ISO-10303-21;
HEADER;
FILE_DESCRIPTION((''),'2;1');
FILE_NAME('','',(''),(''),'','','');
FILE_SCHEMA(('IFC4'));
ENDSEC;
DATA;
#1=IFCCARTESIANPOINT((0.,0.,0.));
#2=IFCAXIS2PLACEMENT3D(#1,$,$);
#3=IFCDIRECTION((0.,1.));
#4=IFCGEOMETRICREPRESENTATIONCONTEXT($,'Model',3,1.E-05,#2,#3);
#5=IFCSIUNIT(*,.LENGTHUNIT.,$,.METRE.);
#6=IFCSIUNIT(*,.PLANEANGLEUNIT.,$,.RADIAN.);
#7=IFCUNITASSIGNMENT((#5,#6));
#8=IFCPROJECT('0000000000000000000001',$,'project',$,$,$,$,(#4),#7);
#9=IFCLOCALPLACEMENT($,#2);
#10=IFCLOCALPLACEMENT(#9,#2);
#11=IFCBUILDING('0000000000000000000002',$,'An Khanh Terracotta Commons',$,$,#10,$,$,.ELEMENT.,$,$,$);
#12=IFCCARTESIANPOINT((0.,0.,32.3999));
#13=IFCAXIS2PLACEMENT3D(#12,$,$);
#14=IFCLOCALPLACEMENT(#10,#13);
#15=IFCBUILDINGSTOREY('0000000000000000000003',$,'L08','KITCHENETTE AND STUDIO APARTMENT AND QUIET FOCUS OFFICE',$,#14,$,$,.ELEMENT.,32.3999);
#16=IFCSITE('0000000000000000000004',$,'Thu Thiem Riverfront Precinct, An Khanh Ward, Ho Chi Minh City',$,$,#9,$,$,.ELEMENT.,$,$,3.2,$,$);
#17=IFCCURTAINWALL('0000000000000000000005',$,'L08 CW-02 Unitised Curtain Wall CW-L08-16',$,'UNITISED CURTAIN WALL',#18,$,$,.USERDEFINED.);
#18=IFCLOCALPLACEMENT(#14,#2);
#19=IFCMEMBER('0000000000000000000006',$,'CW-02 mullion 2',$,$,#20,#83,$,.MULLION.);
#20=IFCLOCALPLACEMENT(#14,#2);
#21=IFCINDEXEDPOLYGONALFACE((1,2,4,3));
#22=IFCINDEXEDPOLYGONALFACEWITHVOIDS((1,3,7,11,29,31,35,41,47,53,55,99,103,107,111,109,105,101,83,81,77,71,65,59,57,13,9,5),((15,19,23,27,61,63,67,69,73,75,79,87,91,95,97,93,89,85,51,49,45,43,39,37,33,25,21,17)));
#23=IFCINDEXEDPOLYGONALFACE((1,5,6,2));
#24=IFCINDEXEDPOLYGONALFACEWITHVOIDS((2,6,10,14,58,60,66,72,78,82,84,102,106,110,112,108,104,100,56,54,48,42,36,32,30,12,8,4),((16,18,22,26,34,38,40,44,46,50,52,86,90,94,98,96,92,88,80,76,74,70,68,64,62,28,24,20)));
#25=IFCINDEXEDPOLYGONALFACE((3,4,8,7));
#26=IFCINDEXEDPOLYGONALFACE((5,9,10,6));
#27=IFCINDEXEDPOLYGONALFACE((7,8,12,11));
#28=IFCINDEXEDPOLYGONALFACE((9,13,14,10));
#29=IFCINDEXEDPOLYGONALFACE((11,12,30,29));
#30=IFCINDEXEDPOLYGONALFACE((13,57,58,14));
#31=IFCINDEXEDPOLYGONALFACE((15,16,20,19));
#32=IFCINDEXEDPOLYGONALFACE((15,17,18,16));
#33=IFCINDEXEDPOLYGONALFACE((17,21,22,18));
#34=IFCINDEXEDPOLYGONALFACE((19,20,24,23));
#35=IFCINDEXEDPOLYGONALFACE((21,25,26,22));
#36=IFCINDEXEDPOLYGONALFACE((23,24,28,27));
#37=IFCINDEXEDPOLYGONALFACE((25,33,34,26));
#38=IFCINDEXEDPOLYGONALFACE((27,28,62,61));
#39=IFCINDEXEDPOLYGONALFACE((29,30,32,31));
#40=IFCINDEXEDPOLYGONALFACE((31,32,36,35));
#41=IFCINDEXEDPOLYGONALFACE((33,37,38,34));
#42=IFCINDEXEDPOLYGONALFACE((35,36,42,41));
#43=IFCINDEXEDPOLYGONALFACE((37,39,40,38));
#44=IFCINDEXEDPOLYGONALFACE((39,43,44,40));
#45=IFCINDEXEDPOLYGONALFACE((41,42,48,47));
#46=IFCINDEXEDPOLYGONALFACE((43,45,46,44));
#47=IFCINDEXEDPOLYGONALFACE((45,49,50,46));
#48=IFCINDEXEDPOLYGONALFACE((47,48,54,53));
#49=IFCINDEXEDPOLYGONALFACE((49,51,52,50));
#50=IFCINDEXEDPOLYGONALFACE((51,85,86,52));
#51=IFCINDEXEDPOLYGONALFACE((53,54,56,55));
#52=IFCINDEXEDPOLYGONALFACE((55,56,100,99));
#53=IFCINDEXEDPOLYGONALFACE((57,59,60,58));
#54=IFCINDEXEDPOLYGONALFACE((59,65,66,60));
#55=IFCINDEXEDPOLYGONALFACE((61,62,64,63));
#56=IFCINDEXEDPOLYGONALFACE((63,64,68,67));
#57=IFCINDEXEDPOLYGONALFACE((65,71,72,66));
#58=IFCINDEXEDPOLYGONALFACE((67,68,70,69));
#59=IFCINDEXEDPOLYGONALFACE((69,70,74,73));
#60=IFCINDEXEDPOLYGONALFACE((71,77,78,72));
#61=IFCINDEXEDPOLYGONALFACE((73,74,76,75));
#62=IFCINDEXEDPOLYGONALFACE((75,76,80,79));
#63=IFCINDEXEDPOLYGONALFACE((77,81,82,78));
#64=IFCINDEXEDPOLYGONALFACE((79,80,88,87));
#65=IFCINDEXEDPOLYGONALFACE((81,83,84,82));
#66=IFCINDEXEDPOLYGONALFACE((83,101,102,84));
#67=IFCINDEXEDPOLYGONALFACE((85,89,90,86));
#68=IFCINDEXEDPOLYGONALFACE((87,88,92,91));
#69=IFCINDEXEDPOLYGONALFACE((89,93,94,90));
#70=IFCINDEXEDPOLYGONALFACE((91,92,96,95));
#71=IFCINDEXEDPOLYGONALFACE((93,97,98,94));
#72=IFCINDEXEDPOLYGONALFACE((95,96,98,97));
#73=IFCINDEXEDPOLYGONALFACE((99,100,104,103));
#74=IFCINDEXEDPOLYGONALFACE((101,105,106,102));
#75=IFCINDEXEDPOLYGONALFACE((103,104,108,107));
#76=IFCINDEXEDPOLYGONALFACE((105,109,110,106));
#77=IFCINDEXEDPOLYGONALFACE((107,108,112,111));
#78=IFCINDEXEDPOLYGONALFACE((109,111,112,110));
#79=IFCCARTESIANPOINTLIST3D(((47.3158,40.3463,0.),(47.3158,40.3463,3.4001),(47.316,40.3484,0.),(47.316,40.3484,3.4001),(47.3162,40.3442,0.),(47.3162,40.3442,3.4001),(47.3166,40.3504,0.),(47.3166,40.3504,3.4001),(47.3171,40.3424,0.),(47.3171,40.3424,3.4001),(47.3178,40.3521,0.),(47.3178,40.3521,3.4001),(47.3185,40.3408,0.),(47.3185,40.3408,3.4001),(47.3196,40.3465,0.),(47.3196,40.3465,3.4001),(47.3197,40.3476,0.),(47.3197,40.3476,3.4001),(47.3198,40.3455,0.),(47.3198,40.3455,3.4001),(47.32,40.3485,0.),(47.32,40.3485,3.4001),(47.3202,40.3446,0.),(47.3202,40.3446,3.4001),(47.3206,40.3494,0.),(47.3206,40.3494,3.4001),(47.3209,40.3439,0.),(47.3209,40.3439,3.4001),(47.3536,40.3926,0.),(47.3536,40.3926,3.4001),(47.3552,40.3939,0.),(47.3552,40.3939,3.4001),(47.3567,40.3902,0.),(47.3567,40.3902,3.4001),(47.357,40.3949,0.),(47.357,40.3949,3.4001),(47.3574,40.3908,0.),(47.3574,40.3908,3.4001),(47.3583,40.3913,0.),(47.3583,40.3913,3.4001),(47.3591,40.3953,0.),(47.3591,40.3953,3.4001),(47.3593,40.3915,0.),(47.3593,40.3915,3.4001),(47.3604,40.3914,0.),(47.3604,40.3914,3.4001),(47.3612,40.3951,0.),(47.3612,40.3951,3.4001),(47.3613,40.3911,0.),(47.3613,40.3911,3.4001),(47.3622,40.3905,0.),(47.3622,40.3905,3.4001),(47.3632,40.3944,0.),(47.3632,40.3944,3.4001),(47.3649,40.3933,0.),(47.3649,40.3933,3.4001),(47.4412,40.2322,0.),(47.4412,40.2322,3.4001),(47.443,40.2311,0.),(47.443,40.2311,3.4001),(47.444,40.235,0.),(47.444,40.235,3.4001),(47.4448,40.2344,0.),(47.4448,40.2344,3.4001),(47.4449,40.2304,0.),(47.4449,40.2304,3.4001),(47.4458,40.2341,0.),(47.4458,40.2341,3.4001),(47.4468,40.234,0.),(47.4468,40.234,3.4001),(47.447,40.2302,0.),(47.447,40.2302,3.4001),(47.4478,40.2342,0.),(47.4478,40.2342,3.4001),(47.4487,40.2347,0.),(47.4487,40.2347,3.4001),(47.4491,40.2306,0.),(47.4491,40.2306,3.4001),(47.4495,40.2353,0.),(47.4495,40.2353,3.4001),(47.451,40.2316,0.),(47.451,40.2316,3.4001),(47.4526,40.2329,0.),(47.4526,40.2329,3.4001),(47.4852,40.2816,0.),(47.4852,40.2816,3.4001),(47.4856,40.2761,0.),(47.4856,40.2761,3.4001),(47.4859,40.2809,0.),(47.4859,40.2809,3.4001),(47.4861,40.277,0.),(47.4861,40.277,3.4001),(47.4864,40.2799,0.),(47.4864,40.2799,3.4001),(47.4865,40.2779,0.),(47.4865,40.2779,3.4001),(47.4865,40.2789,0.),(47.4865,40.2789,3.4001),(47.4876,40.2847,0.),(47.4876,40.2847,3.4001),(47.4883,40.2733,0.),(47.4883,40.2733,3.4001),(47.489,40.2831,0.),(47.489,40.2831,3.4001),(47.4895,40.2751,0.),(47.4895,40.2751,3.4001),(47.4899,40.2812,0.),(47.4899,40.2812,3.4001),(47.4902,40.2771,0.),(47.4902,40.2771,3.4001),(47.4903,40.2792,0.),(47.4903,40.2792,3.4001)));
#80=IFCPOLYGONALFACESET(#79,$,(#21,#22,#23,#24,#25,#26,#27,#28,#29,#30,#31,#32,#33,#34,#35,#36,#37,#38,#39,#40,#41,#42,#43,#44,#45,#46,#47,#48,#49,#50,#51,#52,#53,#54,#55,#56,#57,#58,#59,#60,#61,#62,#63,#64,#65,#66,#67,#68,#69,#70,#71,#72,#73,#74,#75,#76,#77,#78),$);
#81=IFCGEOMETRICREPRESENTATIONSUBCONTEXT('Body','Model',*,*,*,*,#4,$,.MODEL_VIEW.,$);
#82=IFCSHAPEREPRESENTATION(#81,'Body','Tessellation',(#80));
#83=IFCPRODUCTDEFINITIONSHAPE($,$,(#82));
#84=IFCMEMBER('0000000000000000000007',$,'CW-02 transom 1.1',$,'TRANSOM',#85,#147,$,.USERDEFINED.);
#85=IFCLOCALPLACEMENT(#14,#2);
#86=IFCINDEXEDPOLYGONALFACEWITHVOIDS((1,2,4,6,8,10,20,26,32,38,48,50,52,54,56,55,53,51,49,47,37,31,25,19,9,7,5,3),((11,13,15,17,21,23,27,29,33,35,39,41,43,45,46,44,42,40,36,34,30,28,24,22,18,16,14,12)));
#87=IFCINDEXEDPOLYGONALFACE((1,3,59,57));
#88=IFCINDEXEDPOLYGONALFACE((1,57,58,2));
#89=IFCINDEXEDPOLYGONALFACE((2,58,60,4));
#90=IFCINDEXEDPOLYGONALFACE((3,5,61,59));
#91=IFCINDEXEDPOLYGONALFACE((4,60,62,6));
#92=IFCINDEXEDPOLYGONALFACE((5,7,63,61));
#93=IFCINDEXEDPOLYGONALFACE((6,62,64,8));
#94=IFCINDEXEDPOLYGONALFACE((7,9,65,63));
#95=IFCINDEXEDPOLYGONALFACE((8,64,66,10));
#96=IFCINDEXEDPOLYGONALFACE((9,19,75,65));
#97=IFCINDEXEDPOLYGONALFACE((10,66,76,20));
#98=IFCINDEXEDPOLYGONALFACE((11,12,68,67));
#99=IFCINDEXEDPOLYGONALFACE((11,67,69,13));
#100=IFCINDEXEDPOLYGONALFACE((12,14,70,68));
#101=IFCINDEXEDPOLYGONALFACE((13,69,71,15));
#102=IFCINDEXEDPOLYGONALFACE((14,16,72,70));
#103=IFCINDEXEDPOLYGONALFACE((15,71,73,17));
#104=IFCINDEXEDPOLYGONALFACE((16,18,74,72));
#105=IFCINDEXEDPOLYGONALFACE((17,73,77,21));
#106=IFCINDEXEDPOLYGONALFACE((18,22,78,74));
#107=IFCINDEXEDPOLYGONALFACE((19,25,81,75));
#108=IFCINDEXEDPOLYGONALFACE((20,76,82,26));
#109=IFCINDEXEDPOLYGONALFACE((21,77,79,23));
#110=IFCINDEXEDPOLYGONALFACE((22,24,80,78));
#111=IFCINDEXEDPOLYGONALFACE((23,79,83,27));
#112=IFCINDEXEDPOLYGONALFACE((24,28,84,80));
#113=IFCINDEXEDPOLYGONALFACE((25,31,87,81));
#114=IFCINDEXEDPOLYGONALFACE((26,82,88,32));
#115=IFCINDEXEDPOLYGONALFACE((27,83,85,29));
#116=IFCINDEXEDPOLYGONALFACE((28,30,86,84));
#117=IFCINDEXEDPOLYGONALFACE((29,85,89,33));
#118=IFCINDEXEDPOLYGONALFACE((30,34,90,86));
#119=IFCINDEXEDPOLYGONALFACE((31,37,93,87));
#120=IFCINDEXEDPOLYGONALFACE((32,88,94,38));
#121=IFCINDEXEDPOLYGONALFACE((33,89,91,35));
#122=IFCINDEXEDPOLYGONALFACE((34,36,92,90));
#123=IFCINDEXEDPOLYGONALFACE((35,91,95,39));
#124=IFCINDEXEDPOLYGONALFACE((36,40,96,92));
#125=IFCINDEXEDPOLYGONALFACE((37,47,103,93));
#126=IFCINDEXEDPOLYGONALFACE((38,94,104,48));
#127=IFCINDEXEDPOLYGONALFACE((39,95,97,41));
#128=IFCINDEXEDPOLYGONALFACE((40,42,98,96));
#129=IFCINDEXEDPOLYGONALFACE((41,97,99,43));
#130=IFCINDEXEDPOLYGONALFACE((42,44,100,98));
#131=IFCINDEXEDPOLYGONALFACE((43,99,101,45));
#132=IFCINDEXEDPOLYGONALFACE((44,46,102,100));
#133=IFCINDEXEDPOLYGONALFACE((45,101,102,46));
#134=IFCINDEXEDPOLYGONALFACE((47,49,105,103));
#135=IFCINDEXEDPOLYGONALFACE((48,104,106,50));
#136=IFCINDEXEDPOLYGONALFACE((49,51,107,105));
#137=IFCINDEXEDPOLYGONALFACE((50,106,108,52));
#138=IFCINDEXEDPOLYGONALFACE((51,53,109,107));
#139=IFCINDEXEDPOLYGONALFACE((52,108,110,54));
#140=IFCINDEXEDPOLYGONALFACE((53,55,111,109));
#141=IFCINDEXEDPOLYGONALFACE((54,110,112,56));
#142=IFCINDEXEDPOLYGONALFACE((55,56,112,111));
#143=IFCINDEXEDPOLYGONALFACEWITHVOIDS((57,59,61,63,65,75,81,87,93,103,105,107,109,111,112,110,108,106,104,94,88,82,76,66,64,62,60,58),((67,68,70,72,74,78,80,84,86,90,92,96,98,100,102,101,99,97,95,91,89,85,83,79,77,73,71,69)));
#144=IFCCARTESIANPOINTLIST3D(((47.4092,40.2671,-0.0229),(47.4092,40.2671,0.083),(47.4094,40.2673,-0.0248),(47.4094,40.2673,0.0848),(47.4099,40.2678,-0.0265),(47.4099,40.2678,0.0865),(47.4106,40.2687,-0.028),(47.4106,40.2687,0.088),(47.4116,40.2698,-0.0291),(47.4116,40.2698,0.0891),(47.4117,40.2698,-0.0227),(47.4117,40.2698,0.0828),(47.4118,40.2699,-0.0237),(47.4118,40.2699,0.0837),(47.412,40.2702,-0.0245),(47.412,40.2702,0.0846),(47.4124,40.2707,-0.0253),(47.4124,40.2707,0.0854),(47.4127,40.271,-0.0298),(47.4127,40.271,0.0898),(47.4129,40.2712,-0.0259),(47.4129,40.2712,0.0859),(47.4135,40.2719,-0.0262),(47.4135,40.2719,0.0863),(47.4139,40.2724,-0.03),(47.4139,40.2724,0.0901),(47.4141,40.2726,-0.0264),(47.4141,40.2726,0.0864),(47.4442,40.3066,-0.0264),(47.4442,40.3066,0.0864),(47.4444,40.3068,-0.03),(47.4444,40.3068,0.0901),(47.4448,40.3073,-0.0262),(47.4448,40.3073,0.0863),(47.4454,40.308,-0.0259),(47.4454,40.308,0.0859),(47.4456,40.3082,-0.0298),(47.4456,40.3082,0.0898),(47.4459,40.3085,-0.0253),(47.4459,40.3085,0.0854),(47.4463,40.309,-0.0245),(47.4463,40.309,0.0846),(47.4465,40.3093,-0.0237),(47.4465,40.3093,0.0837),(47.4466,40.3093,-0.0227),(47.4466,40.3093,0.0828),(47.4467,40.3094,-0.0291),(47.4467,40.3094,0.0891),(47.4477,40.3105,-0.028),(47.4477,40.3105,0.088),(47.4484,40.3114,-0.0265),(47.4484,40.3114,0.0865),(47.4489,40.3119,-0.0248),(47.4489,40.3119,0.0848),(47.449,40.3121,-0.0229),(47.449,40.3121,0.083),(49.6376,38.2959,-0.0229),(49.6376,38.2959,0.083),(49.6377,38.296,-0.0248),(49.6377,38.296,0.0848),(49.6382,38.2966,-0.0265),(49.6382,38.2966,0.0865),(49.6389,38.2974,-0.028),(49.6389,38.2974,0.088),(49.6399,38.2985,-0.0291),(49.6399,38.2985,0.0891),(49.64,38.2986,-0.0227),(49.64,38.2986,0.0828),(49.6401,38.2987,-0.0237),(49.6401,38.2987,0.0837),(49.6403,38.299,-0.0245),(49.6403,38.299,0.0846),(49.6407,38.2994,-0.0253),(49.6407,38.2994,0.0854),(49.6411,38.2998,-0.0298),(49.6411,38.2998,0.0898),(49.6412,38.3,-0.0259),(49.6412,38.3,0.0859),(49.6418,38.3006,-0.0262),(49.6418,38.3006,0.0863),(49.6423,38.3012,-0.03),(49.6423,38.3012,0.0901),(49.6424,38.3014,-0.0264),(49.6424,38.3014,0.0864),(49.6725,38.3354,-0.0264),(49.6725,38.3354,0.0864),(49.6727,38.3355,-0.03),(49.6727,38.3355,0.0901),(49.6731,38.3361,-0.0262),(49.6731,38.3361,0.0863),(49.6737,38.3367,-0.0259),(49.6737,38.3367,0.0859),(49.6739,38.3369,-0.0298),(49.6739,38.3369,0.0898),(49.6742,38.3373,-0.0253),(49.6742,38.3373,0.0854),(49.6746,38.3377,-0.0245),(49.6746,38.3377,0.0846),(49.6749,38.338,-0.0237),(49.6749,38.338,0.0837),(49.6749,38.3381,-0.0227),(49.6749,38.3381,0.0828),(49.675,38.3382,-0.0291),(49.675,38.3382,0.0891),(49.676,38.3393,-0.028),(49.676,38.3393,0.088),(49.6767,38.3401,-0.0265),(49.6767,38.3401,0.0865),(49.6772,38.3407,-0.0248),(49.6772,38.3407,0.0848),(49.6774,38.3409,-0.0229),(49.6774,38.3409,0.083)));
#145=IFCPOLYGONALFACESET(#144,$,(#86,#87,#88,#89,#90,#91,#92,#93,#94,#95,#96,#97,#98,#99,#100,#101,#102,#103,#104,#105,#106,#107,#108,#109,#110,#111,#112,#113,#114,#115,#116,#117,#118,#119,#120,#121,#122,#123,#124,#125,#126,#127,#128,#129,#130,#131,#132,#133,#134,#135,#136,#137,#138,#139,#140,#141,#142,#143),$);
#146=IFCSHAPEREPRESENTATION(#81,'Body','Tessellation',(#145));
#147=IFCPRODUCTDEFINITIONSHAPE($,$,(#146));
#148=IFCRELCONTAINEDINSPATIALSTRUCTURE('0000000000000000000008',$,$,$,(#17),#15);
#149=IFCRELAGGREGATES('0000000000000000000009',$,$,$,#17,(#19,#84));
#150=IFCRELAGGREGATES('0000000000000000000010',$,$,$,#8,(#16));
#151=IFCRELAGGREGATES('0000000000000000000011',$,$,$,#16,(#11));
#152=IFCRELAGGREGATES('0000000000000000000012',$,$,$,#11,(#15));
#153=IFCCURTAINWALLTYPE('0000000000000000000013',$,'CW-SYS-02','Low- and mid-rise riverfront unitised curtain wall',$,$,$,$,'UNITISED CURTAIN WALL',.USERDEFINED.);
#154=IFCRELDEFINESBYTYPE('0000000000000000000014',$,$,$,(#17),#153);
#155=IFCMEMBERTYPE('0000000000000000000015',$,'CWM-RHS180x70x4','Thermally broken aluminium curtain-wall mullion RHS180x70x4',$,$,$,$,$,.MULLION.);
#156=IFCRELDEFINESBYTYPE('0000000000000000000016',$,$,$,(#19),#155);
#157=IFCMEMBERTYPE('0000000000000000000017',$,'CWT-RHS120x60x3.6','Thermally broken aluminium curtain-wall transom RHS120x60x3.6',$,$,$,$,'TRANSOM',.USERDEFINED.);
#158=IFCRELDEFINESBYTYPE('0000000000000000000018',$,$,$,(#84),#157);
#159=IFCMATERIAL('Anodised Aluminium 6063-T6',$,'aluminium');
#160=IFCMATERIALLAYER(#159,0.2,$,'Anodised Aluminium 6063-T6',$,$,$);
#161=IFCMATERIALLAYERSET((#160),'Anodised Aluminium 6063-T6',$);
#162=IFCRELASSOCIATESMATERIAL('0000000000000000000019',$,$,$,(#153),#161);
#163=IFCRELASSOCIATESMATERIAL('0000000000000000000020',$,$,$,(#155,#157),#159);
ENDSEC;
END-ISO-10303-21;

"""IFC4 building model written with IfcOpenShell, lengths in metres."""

from ifc_helpers import new_model, si_unit, direction, frame, origin, origin_2d, place, context, subcontext, project, spatial, hollow_rectangle, extrude, material, layer, layer_set, material_profile, profile_set, type_object, element, aggregate, save


model = new_model("IFC4")

# Units and contexts
model_context = context("Model", 3, precision=1e-05, world=origin(), true_north=direction((0.0, 1.0)))
body_context = subcontext(model_context, "Body", "Model", "MODEL_VIEW")
ifc_project = project(units=[si_unit("LENGTHUNIT", "METRE"), si_unit("PLANEANGLEUNIT", "RADIAN")], contexts=[model_context])

# Site, building, storey
site_placement = place(None, origin())
site = spatial("IfcSite", under=ifc_project, at=site_placement, Name="Thu Thiem Riverfront Precinct, An Khanh Ward, Ho Chi Minh City", CompositionType="ELEMENT", RefElevation=3.2)
building_placement = place(site_placement, origin())
building = spatial("IfcBuilding", under=site, at=building_placement, Name="An Khanh Terracotta Commons", CompositionType="ELEMENT")
storey_placement = place(building_placement, frame((0.0, 0.0, 32.3999)))
storey = spatial("IfcBuildingStorey", under=building, at=storey_placement, Name="L08", Description="KITCHENETTE AND STUDIO APARTMENT AND QUIET FOCUS OFFICE", CompositionType="ELEMENT", Elevation=32.3999)

# Shared definitions
ifc_material_1 = material(Name="Anodised Aluminium 6063-T6", Category="aluminium")
ifc_layer_1 = layer(ifc_material_1, 0.2, Name="Anodised Aluminium 6063-T6")
ifc_layer_set_1 = layer_set([ifc_layer_1], Name="Anodised Aluminium 6063-T6")
curtain_wall_type = type_object("IfcCurtainWallType", Name="CW-SYS-02", Description="Low- and mid-rise riverfront unitised curtain wall", ElementType="UNITISED CURTAIN WALL", PredefinedType="USERDEFINED", material=ifc_layer_set_1)
ifc_material_profile_1 = material_profile(ifc_material_1, hollow_rectangle(XDim=0.0701, YDim=0.1799, WallThickness=0.0039, InnerFilletRadius=0.0039, OuterFilletRadius=0.0081, at=origin_2d()), Name="RHS180x70x4")
ifc_profile_set_1 = profile_set([ifc_material_profile_1], Name="Anodised Aluminium 6063-T6")
member_type_1 = type_object("IfcMemberType", Name="CWM-RHS180x70x4", Description="Thermally broken aluminium curtain-wall mullion RHS180x70x4", PredefinedType="MULLION", material=ifc_profile_set_1)

# Curtain wall, members
curtain_wall_1_placement = place(storey_placement, origin())
curtain_wall_1 = element("IfcCurtainWall", 1, at=curtain_wall_1_placement, inside=storey, type_object=curtain_wall_type, Name="L08 CW-02 Unitised Curtain Wall CW-L08-16", ObjectType="UNITISED CURTAIN WALL", PredefinedType="USERDEFINED")
member_1_placement = place(storey_placement, frame((47.4031, 40.3127, 0.0), z_axis=(0.0, 0.0, 1.0), x_axis=(-0.662548, -0.749019, 0.0)))
member_1 = element("IfcMember", 2, at=member_1_placement, type_object=member_type_1, Name="CW-02 mullion 2", PredefinedType="MULLION", context=body_context, shape_type="SweptSolid", body=[
    extrude(hollow_rectangle(XDim=0.0701, YDim=0.1799, WallThickness=0.0039, InnerFilletRadius=0.0039, OuterFilletRadius=0.0081, at=origin_2d()), origin(), (0.0, 0.0, 1.0), 3.4001),
])
ifc_material_profile_2 = material_profile(ifc_material_1, hollow_rectangle(XDim=0.0601, YDim=0.1201, WallThickness=0.0037, InnerFilletRadius=0.0037, OuterFilletRadius=0.0071, at=origin_2d()), Name="RHS120x60x3.6")
ifc_profile_set_2 = profile_set([ifc_material_profile_2], Name="Anodised Aluminium 6063-T6")
member_type_2 = type_object("IfcMemberType", Name="CWT-RHS120x60x3.6", Description="Thermally broken aluminium curtain-wall transom RHS120x60x3.6", ElementType="TRANSOM", PredefinedType="USERDEFINED", material=ifc_profile_set_2)
member_2_placement = place(storey_placement, frame((49.6575, 38.3184, 0.03), z_axis=(-0.748992, 0.662579, 0.0), x_axis=(-0.662579, -0.748992, 0.0)))
member_2 = element("IfcMember", 3, at=member_2_placement, type_object=member_type_2, Name="CW-02 transom 1.1", ObjectType="TRANSOM", PredefinedType="USERDEFINED", context=body_context, shape_type="SweptSolid", body=[
    extrude(hollow_rectangle(XDim=0.0601, YDim=0.1201, WallThickness=0.0037, InnerFilletRadius=0.0037, OuterFilletRadius=0.0071, at=origin_2d()), origin(), (0.0, 0.0, 1.0), 2.9751),
])
aggregate(curtain_wall_1, [member_1, member_2])

save(model, "model.ifc")
